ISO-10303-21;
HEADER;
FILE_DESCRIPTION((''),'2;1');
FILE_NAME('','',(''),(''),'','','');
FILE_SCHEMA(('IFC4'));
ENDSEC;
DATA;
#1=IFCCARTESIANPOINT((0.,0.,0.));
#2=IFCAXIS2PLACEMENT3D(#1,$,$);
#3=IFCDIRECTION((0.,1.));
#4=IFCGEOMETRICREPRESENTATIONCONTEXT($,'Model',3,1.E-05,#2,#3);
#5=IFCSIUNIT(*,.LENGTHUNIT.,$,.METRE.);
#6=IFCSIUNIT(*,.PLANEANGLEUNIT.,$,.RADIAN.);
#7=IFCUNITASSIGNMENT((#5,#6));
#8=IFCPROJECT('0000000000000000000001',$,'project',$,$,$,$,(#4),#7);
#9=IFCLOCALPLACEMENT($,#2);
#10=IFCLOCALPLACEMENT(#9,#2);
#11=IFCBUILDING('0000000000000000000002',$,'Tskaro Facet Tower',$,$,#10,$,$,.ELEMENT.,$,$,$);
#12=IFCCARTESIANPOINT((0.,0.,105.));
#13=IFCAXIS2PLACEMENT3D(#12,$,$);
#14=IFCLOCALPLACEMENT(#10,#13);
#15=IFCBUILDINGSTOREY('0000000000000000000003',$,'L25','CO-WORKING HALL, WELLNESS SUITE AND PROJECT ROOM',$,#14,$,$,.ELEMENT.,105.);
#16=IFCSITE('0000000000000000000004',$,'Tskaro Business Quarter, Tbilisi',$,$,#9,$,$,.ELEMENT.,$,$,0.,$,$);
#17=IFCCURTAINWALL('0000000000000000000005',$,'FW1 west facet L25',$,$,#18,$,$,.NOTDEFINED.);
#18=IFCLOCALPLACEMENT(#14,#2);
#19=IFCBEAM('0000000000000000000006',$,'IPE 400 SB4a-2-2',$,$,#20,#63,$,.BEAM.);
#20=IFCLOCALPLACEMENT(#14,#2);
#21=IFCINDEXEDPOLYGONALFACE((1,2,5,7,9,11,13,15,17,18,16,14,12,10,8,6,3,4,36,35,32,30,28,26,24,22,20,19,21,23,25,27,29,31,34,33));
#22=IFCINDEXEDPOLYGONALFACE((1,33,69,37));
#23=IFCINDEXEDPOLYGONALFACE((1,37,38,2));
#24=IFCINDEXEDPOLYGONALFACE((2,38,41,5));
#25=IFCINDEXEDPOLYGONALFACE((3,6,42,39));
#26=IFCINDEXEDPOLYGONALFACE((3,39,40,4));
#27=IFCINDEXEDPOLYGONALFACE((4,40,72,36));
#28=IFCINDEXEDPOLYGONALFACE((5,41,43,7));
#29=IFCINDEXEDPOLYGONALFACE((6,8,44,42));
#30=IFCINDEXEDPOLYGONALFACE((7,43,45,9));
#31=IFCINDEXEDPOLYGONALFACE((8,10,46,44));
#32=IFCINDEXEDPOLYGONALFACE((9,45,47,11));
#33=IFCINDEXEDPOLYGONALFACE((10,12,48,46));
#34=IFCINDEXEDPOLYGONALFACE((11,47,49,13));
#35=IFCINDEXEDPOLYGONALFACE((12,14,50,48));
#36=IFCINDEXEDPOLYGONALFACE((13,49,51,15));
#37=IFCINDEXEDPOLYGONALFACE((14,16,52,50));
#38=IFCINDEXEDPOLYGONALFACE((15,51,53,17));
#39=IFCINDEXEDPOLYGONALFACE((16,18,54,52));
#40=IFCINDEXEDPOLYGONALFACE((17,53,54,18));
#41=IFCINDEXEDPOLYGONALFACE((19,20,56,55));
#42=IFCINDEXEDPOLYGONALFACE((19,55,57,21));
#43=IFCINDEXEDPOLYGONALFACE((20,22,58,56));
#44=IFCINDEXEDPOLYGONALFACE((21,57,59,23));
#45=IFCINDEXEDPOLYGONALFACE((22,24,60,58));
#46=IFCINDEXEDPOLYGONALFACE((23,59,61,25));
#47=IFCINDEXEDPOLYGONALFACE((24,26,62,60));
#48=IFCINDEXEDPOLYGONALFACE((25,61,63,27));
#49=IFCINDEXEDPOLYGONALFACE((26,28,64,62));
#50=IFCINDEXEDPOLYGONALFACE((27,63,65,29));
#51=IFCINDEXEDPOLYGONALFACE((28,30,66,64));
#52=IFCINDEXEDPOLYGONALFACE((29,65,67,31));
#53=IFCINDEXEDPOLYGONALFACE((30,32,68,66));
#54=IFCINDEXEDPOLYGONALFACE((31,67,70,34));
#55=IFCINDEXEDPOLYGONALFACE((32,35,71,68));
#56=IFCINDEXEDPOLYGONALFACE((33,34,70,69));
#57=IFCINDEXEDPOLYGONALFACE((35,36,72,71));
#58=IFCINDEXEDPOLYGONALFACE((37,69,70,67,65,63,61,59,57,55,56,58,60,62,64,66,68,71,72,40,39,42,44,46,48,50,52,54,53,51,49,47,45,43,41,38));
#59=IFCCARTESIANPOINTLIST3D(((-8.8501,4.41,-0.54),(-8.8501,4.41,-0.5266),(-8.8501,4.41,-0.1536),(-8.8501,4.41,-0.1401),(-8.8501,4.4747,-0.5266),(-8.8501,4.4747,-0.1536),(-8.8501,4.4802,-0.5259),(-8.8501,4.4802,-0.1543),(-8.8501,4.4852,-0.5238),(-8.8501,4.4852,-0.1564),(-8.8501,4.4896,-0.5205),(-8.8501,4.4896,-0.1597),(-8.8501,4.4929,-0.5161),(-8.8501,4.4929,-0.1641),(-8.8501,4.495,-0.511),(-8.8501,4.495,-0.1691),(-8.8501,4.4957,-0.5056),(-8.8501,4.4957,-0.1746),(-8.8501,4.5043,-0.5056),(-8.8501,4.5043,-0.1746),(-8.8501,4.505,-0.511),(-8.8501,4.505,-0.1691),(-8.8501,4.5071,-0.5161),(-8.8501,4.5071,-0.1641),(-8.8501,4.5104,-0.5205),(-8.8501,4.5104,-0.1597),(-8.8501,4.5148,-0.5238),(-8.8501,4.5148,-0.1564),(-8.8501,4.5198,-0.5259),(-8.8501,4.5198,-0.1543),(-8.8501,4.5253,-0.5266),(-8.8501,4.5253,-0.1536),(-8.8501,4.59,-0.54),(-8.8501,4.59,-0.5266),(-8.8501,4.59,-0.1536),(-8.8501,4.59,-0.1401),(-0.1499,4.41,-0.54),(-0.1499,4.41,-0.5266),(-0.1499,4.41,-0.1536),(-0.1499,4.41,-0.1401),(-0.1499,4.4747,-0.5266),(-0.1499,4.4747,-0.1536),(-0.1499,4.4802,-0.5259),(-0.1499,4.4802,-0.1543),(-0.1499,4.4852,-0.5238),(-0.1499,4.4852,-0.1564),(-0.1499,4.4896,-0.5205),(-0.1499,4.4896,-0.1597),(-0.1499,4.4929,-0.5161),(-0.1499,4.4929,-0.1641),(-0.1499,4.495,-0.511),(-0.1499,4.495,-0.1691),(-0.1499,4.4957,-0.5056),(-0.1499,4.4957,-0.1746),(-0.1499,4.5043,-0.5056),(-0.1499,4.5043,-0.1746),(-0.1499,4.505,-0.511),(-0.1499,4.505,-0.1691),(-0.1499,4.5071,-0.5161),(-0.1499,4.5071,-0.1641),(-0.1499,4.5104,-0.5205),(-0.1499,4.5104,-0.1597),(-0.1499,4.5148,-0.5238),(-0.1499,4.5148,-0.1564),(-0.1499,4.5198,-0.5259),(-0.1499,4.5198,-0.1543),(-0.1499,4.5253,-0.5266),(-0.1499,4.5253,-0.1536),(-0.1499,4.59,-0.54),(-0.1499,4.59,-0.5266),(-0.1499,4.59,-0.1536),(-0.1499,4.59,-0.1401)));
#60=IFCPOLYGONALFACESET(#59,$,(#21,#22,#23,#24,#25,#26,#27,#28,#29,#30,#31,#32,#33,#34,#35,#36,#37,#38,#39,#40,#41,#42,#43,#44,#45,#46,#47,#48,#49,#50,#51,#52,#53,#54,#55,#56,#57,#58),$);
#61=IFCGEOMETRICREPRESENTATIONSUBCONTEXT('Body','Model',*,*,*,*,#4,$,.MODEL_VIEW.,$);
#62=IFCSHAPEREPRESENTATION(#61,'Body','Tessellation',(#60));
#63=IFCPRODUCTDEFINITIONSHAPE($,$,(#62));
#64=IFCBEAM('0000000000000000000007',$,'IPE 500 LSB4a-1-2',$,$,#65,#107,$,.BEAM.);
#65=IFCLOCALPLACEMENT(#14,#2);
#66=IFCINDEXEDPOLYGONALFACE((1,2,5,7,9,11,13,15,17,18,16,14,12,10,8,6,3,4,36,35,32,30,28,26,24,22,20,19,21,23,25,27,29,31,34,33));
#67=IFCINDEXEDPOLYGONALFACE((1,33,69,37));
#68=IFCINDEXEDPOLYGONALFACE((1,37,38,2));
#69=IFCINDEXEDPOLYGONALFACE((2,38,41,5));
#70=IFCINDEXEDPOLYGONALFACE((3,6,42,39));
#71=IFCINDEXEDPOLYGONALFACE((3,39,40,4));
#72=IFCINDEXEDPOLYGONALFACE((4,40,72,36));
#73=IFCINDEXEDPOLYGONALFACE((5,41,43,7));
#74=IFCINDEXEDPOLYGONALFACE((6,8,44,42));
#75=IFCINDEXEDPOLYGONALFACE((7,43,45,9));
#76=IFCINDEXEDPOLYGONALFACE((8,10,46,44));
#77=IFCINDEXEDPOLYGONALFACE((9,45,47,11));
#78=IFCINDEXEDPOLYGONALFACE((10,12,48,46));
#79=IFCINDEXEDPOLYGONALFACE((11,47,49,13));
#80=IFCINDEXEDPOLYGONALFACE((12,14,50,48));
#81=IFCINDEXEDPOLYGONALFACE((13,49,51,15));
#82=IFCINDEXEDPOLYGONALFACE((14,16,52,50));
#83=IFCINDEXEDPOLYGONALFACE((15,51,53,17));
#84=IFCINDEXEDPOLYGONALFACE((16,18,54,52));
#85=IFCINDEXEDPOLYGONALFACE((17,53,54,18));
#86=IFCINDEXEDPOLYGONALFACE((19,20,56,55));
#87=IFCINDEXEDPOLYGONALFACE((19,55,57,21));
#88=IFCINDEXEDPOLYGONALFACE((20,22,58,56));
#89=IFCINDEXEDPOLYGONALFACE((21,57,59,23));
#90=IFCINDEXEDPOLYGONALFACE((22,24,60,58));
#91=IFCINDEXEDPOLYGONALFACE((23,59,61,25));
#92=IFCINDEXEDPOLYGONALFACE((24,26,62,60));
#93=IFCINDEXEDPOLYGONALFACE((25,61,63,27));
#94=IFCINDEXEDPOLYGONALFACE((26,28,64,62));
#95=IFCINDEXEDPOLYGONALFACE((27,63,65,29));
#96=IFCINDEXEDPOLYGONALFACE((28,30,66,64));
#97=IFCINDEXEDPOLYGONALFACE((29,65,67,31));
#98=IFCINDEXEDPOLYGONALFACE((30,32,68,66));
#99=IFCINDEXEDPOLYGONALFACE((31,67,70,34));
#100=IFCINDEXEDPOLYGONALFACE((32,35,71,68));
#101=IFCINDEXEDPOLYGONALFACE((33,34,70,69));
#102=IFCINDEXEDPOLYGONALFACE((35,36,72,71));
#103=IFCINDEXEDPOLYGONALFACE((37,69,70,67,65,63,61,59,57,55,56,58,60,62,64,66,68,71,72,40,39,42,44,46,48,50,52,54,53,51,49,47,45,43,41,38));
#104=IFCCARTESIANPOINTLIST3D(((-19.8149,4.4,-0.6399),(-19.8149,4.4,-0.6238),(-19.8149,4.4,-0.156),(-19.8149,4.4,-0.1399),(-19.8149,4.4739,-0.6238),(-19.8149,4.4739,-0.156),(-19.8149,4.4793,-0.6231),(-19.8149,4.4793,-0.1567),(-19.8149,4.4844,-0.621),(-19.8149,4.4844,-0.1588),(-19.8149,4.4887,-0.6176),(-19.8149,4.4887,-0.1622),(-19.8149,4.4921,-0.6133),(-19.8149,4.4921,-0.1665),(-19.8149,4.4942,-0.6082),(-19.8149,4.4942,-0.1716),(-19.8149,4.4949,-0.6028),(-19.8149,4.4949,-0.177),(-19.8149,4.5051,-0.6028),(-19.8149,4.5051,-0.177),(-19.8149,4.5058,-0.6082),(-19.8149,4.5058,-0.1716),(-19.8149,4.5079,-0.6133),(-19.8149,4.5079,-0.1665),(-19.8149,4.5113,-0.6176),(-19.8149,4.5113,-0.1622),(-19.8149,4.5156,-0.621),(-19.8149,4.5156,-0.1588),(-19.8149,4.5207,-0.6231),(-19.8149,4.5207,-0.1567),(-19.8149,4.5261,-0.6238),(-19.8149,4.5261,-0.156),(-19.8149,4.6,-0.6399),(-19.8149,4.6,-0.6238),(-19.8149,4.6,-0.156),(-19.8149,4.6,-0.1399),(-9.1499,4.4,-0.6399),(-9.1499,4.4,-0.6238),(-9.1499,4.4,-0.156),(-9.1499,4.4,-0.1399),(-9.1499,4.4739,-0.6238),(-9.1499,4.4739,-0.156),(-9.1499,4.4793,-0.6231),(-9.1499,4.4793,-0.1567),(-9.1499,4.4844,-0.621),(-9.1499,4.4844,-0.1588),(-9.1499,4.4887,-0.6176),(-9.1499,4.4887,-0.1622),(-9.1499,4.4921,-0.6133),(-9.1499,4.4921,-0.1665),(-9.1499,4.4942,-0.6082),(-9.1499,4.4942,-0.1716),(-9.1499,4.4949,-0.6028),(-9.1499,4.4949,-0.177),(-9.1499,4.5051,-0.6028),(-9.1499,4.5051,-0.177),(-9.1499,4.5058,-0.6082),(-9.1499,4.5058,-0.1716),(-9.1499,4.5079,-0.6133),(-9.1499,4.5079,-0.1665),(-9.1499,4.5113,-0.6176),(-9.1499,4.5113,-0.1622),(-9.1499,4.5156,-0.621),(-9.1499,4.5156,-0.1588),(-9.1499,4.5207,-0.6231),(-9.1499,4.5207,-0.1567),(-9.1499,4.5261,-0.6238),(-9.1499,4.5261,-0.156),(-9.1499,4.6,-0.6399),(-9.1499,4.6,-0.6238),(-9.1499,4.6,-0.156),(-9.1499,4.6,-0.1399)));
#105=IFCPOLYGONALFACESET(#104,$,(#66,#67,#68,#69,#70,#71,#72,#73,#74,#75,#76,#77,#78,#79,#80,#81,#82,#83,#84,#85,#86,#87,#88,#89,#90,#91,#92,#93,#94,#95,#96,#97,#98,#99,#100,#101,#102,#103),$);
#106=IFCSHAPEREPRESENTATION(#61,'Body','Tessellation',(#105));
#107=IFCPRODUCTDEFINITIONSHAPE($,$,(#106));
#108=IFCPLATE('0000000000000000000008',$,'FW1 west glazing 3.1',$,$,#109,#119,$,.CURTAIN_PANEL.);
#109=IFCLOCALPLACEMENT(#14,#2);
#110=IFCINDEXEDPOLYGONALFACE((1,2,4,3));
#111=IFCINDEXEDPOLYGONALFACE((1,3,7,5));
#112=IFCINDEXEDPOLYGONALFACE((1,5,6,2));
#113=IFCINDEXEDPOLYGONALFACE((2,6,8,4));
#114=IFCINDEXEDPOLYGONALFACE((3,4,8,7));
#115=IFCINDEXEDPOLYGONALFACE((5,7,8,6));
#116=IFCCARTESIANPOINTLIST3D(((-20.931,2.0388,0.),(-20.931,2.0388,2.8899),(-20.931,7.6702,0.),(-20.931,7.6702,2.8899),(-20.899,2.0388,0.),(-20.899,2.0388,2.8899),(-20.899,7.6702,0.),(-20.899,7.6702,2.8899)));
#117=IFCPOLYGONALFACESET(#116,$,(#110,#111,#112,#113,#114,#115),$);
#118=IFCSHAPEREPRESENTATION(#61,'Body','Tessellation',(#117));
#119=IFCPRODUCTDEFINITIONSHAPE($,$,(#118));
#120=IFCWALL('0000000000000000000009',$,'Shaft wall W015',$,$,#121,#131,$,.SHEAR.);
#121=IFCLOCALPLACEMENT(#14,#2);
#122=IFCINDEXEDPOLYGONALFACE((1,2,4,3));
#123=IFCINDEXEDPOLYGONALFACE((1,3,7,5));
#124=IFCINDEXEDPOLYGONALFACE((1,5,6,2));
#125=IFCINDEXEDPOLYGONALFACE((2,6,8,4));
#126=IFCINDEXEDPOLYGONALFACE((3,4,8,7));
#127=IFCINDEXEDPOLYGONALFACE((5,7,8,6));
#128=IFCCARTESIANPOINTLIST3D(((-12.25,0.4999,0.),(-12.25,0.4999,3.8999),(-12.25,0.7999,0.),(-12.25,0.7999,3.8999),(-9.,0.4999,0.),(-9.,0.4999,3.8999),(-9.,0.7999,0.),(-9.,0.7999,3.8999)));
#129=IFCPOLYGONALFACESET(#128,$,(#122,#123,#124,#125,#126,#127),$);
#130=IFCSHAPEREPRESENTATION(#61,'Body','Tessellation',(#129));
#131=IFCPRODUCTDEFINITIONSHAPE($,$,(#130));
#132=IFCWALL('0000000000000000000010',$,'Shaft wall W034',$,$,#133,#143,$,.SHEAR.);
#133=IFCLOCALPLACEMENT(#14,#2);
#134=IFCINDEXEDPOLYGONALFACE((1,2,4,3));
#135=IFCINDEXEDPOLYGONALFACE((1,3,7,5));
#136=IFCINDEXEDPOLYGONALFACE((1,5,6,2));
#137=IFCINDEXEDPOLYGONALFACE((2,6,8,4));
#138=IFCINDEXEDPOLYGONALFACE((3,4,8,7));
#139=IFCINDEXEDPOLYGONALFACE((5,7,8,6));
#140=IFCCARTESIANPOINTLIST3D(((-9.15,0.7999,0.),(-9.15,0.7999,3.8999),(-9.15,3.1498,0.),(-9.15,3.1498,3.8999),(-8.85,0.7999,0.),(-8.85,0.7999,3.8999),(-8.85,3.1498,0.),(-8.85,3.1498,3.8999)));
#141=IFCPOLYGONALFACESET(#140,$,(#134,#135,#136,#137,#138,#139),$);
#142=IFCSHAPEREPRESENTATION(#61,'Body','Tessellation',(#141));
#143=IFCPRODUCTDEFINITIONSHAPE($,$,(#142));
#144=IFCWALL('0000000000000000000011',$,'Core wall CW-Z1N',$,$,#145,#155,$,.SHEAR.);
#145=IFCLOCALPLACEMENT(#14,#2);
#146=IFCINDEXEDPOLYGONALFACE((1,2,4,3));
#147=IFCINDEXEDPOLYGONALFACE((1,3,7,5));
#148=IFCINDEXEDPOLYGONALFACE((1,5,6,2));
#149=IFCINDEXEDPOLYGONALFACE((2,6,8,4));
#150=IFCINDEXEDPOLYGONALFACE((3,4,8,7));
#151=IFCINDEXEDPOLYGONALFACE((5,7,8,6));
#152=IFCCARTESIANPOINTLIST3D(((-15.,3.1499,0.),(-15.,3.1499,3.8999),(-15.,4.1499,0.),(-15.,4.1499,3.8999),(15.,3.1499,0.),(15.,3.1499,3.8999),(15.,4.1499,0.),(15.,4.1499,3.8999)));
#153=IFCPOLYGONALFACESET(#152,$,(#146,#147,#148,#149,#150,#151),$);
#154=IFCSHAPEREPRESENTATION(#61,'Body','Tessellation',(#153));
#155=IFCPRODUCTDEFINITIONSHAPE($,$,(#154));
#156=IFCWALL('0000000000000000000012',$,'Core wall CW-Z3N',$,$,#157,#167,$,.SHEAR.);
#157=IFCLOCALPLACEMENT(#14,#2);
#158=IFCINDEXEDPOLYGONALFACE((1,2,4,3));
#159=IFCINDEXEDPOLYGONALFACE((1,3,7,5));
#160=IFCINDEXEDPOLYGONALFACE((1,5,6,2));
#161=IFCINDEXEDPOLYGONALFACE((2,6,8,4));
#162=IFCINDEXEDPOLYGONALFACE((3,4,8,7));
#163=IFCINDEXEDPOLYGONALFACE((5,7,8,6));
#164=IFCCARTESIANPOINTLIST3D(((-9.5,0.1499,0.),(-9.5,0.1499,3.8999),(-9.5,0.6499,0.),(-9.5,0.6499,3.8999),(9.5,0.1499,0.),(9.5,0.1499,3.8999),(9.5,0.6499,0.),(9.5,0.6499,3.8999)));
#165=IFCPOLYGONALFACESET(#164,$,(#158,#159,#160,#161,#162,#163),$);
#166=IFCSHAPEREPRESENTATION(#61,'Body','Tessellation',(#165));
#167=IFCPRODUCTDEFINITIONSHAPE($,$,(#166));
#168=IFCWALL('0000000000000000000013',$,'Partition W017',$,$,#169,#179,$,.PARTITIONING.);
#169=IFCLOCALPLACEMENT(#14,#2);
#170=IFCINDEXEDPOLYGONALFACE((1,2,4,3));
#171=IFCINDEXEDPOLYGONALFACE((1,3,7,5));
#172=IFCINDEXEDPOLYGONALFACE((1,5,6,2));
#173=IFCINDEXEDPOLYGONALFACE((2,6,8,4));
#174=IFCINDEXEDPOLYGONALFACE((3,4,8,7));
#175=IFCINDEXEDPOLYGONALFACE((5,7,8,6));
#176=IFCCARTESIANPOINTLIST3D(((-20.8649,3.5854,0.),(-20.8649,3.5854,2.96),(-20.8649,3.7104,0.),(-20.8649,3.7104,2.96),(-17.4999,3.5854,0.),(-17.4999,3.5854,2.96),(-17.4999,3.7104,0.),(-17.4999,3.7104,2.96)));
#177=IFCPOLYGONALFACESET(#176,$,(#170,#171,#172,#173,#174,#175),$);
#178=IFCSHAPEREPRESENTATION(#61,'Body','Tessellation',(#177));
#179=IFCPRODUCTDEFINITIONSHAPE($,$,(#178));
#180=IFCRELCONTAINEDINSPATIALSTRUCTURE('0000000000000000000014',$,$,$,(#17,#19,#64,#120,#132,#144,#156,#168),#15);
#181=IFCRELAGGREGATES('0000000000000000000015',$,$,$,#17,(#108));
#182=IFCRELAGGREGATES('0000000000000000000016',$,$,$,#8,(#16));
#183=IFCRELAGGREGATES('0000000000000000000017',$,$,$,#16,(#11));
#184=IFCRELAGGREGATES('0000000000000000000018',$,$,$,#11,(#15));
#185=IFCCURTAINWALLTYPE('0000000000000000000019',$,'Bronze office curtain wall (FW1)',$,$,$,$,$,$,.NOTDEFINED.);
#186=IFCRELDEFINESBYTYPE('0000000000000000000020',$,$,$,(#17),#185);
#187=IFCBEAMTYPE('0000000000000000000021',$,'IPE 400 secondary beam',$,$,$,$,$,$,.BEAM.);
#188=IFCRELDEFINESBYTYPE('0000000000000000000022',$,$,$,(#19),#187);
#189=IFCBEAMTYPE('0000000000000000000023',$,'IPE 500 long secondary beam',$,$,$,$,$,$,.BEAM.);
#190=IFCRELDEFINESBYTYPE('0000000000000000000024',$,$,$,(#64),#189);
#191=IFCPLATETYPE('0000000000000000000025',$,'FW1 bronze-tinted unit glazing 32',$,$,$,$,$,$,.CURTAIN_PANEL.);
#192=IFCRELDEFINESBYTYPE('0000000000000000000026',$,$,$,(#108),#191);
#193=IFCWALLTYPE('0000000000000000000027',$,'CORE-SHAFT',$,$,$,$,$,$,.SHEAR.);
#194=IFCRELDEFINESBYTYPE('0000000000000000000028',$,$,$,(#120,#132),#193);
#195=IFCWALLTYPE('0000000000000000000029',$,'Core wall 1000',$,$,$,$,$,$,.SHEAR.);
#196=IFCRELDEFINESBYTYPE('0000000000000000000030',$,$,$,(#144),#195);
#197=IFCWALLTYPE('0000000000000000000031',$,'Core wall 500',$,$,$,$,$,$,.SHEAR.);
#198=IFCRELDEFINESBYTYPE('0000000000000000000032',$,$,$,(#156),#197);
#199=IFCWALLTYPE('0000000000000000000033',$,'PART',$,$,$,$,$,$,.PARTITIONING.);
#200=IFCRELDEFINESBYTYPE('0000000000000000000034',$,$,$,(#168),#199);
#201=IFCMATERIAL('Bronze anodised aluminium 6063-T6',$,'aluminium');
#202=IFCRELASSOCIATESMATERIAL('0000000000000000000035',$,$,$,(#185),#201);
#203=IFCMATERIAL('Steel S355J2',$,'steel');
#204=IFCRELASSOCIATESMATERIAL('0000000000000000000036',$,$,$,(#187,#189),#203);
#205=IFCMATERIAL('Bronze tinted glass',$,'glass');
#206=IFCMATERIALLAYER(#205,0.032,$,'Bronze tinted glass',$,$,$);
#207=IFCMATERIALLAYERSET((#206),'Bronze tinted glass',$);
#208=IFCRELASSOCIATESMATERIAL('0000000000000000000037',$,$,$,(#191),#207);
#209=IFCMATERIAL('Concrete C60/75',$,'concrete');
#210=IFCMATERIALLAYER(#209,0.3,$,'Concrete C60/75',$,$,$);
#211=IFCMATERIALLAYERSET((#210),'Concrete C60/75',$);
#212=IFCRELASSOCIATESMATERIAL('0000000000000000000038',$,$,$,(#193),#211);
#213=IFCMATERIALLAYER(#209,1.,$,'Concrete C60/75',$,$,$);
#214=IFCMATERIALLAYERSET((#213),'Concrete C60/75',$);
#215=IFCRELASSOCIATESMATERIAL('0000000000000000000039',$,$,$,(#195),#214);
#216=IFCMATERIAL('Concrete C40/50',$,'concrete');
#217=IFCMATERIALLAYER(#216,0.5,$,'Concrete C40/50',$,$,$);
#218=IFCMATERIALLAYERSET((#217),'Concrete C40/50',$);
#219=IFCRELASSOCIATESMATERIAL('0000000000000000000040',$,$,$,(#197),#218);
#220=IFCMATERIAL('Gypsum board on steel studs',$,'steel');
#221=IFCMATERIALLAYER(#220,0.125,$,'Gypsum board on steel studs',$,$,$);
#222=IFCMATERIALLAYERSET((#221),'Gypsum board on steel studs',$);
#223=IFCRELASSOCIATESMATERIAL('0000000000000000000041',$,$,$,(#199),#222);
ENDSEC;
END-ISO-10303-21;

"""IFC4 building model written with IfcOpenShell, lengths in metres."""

from ifc_helpers import new_model, si_unit, direction, frame, frame_2d, origin, origin_2d, place, context, subcontext, project, spatial, rectangle, i_section, extrude, material, layer, layer_set, material_profile, profile_set, type_object, element, aggregate, save


model = new_model("IFC4")

# Units and contexts
model_context = context("Model", 3, precision=1e-05, world=origin(), true_north=direction((0.0, 1.0)))
body_context = subcontext(model_context, "Body", "Model", "MODEL_VIEW")
ifc_project = project(units=[si_unit("LENGTHUNIT", "METRE"), si_unit("PLANEANGLEUNIT", "RADIAN")], contexts=[model_context])

# Site, building, storey
site_placement = place(None, origin())
site = spatial("IfcSite", under=ifc_project, at=site_placement, Name="Tskaro Business Quarter, Tbilisi", CompositionType="ELEMENT", RefElevation=0.0)
building_placement = place(site_placement, origin())
building = spatial("IfcBuilding", under=site, at=building_placement, Name="Tskaro Facet Tower", CompositionType="ELEMENT")
storey_placement = place(building_placement, frame((0.0, 0.0, 105.0)))
storey = spatial("IfcBuildingStorey", under=building, at=storey_placement, Name="L25", Description="CO-WORKING HALL, WELLNESS SUITE AND PROJECT ROOM", CompositionType="ELEMENT", Elevation=105.0)

# Curtain wall
ifc_material_1 = material(Name="Bronze anodised aluminium 6063-T6", Category="aluminium")
curtain_wall_type = type_object("IfcCurtainWallType", Name="Bronze office curtain wall (FW1)", PredefinedType="NOTDEFINED", material=ifc_material_1)
curtain_wall_placement = place(storey_placement, origin())
curtain_wall = element("IfcCurtainWall", 1, at=curtain_wall_placement, inside=storey, type_object=curtain_wall_type, Name="FW1 west facet L25", PredefinedType="NOTDEFINED")

# Beams
ifc_material_2 = material(Name="Steel S355J2", Category="steel")
ifc_material_profile_1 = material_profile(ifc_material_2, i_section(OverallWidth=0.1799, OverallDepth=0.3999, WebThickness=0.0085, FlangeThickness=0.0134, FilletRadius=0.021, at=origin_2d()), Name="IPE 400")
ifc_profile_set_1 = profile_set([ifc_material_profile_1], Name="Steel S355J2")
beam_type_1 = type_object("IfcBeamType", Name="IPE 400 secondary beam", PredefinedType="BEAM", material=ifc_profile_set_1)
beam_1_placement = place(storey_placement, frame((-8.8501, 4.5, -0.3401), z_axis=(1.0, 0.0, 0.0), x_axis=(0.0, 1.0, 0.0)))
element("IfcBeam", 2, at=beam_1_placement, inside=storey, type_object=beam_type_1, Name="IPE 400 SB4a-2-2", PredefinedType="BEAM", context=body_context, shape_type="SweptSolid", body=[
    extrude(i_section(OverallWidth=0.1799, OverallDepth=0.3999, WebThickness=0.0085, FlangeThickness=0.0134, FilletRadius=0.021, at=origin_2d()), origin(), (0.0, 0.0, 1.0), 8.7002),
])
ifc_material_profile_2 = material_profile(ifc_material_2, i_section(OverallWidth=0.2, OverallDepth=0.5, WebThickness=0.0103, FlangeThickness=0.0161, FilletRadius=0.021, at=origin_2d()), Name="IPE 500")
ifc_profile_set_2 = profile_set([ifc_material_profile_2], Name="Steel S355J2")
beam_type_2 = type_object("IfcBeamType", Name="IPE 500 long secondary beam", PredefinedType="BEAM", material=ifc_profile_set_2)
beam_2_placement = place(storey_placement, frame((-19.8149, 4.5, -0.3899), z_axis=(1.0, 0.0, 0.0), x_axis=(0.0, 1.0, 0.0)))
element("IfcBeam", 3, at=beam_2_placement, inside=storey, type_object=beam_type_2, Name="IPE 500 LSB4a-1-2", PredefinedType="BEAM", context=body_context, shape_type="SweptSolid", body=[
    extrude(i_section(OverallWidth=0.2, OverallDepth=0.5, WebThickness=0.0103, FlangeThickness=0.0161, FilletRadius=0.021, at=origin_2d()), origin(), (0.0, 0.0, 1.0), 10.665),
])

# Plate
ifc_material_3 = material(Name="Bronze tinted glass", Category="glass")
ifc_layer_1 = layer(ifc_material_3, 0.032, Name="Bronze tinted glass")
ifc_layer_set_1 = layer_set([ifc_layer_1], Name="Bronze tinted glass")
plate_type = type_object("IfcPlateType", Name="FW1 bronze-tinted unit glazing 32", PredefinedType="CURTAIN_PANEL", material=ifc_layer_set_1)
plate_placement = place(storey_placement, frame((-20.915, 4.8545, 0.0), z_axis=(0.0, 0.0, 1.0), x_axis=(0.0, -1.0, 0.0)))
plate = element("IfcPlate", 4, at=plate_placement, type_object=plate_type, Name="FW1 west glazing 3.1", PredefinedType="CURTAIN_PANEL", context=body_context, shape_type="SweptSolid", body=[
    extrude(rectangle(XDim=5.6313, YDim=0.032, at=origin_2d()), origin(), (0.0, 0.0, 1.0), 2.8899),
])
aggregate(curtain_wall, [plate])

# Walls
ifc_material_4 = material(Name="Concrete C60/75", Category="concrete")
ifc_layer_2 = layer(ifc_material_4, 0.3, Name="Concrete C60/75")
ifc_layer_set_2 = layer_set([ifc_layer_2], Name="Concrete C60/75")
wall_type_1 = type_object("IfcWallType", Name="CORE-SHAFT", PredefinedType="SHEAR", material=ifc_layer_set_2)
wall_1_placement = place(storey_placement, frame((-9.0, 0.6499, 0.0), z_axis=(0.0, 0.0, 1.0), x_axis=(-1.0, 0.0, 0.0)))
element("IfcWall", 5, at=wall_1_placement, inside=storey, type_object=wall_type_1, Name="Shaft wall W015", PredefinedType="SHEAR", context=body_context, shape_type="SweptSolid", body=[
    extrude(rectangle(XDim=3.25, YDim=0.3, at=frame_2d((1.625, 0.0))), origin(), (0.0, 0.0, 1.0), 3.8999),
])
wall_2_placement = place(storey_placement, frame((-9.0, 0.8, 0.0), z_axis=(0.0, 0.0, 1.0), x_axis=(0.0, 1.0, 0.0)))
element("IfcWall", 6, at=wall_2_placement, inside=storey, type_object=wall_type_1, Name="Shaft wall W034", PredefinedType="SHEAR", context=body_context, shape_type="SweptSolid", body=[
    extrude(rectangle(XDim=2.3499, YDim=0.3, at=frame_2d((1.1748, 0.0))), origin(), (0.0, 0.0, 1.0), 3.8999),
])
ifc_layer_3 = layer(ifc_material_4, 1.0, Name="Concrete C60/75")
ifc_layer_set_3 = layer_set([ifc_layer_3], Name="Concrete C60/75")
wall_type_2 = type_object("IfcWallType", Name="Core wall 1000", PredefinedType="SHEAR", material=ifc_layer_set_3)
wall_3_placement = place(storey_placement, frame((-15.0, 3.6499, 0.0), z_axis=(0.0, 0.0, 1.0), x_axis=(1.0, 0.0, 0.0)))
element("IfcWall", 7, at=wall_3_placement, inside=storey, type_object=wall_type_2, Name="Core wall CW-Z1N", PredefinedType="SHEAR", context=body_context, shape_type="SweptSolid", body=[
    extrude(rectangle(XDim=30.0, YDim=1.0, at=frame_2d((15.0, 0.0))), origin(), (0.0, 0.0, 1.0), 3.8999),
])
ifc_material_5 = material(Name="Concrete C40/50", Category="concrete")
ifc_layer_4 = layer(ifc_material_5, 0.5, Name="Concrete C40/50")
ifc_layer_set_4 = layer_set([ifc_layer_4], Name="Concrete C40/50")
wall_type_3 = type_object("IfcWallType", Name="Core wall 500", PredefinedType="SHEAR", material=ifc_layer_set_4)
wall_4_placement = place(storey_placement, frame((-9.5, 0.3999, 0.0), z_axis=(0.0, 0.0, 1.0), x_axis=(1.0, 0.0, 0.0)))
element("IfcWall", 8, at=wall_4_placement, inside=storey, type_object=wall_type_3, Name="Core wall CW-Z3N", PredefinedType="SHEAR", context=body_context, shape_type="SweptSolid", body=[
    extrude(rectangle(XDim=19.0, YDim=0.5, at=frame_2d((9.5, 0.0))), origin(), (0.0, 0.0, 1.0), 3.8999),
])
ifc_material_6 = material(Name="Gypsum board on steel studs", Category="steel")
ifc_layer_5 = layer(ifc_material_6, 0.125, Name="Gypsum board on steel studs")
ifc_layer_set_5 = layer_set([ifc_layer_5], Name="Gypsum board on steel studs")
wall_type_4 = type_object("IfcWallType", Name="PART", PredefinedType="PARTITIONING", material=ifc_layer_set_5)
wall_5_placement = place(storey_placement, frame((-20.865, 3.6479, 0.0), z_axis=(0.0, 0.0, 1.0), x_axis=(1.0, 0.0, 0.0)))
element("IfcWall", 9, at=wall_5_placement, inside=storey, type_object=wall_type_4, Name="Partition W017", PredefinedType="PARTITIONING", context=body_context, shape_type="SweptSolid", body=[
    extrude(rectangle(XDim=3.365, YDim=0.125, at=frame_2d((1.6826, 0.0))), origin(), (0.0, 0.0, 1.0), 2.96),
])

save(model, "model.ifc")
